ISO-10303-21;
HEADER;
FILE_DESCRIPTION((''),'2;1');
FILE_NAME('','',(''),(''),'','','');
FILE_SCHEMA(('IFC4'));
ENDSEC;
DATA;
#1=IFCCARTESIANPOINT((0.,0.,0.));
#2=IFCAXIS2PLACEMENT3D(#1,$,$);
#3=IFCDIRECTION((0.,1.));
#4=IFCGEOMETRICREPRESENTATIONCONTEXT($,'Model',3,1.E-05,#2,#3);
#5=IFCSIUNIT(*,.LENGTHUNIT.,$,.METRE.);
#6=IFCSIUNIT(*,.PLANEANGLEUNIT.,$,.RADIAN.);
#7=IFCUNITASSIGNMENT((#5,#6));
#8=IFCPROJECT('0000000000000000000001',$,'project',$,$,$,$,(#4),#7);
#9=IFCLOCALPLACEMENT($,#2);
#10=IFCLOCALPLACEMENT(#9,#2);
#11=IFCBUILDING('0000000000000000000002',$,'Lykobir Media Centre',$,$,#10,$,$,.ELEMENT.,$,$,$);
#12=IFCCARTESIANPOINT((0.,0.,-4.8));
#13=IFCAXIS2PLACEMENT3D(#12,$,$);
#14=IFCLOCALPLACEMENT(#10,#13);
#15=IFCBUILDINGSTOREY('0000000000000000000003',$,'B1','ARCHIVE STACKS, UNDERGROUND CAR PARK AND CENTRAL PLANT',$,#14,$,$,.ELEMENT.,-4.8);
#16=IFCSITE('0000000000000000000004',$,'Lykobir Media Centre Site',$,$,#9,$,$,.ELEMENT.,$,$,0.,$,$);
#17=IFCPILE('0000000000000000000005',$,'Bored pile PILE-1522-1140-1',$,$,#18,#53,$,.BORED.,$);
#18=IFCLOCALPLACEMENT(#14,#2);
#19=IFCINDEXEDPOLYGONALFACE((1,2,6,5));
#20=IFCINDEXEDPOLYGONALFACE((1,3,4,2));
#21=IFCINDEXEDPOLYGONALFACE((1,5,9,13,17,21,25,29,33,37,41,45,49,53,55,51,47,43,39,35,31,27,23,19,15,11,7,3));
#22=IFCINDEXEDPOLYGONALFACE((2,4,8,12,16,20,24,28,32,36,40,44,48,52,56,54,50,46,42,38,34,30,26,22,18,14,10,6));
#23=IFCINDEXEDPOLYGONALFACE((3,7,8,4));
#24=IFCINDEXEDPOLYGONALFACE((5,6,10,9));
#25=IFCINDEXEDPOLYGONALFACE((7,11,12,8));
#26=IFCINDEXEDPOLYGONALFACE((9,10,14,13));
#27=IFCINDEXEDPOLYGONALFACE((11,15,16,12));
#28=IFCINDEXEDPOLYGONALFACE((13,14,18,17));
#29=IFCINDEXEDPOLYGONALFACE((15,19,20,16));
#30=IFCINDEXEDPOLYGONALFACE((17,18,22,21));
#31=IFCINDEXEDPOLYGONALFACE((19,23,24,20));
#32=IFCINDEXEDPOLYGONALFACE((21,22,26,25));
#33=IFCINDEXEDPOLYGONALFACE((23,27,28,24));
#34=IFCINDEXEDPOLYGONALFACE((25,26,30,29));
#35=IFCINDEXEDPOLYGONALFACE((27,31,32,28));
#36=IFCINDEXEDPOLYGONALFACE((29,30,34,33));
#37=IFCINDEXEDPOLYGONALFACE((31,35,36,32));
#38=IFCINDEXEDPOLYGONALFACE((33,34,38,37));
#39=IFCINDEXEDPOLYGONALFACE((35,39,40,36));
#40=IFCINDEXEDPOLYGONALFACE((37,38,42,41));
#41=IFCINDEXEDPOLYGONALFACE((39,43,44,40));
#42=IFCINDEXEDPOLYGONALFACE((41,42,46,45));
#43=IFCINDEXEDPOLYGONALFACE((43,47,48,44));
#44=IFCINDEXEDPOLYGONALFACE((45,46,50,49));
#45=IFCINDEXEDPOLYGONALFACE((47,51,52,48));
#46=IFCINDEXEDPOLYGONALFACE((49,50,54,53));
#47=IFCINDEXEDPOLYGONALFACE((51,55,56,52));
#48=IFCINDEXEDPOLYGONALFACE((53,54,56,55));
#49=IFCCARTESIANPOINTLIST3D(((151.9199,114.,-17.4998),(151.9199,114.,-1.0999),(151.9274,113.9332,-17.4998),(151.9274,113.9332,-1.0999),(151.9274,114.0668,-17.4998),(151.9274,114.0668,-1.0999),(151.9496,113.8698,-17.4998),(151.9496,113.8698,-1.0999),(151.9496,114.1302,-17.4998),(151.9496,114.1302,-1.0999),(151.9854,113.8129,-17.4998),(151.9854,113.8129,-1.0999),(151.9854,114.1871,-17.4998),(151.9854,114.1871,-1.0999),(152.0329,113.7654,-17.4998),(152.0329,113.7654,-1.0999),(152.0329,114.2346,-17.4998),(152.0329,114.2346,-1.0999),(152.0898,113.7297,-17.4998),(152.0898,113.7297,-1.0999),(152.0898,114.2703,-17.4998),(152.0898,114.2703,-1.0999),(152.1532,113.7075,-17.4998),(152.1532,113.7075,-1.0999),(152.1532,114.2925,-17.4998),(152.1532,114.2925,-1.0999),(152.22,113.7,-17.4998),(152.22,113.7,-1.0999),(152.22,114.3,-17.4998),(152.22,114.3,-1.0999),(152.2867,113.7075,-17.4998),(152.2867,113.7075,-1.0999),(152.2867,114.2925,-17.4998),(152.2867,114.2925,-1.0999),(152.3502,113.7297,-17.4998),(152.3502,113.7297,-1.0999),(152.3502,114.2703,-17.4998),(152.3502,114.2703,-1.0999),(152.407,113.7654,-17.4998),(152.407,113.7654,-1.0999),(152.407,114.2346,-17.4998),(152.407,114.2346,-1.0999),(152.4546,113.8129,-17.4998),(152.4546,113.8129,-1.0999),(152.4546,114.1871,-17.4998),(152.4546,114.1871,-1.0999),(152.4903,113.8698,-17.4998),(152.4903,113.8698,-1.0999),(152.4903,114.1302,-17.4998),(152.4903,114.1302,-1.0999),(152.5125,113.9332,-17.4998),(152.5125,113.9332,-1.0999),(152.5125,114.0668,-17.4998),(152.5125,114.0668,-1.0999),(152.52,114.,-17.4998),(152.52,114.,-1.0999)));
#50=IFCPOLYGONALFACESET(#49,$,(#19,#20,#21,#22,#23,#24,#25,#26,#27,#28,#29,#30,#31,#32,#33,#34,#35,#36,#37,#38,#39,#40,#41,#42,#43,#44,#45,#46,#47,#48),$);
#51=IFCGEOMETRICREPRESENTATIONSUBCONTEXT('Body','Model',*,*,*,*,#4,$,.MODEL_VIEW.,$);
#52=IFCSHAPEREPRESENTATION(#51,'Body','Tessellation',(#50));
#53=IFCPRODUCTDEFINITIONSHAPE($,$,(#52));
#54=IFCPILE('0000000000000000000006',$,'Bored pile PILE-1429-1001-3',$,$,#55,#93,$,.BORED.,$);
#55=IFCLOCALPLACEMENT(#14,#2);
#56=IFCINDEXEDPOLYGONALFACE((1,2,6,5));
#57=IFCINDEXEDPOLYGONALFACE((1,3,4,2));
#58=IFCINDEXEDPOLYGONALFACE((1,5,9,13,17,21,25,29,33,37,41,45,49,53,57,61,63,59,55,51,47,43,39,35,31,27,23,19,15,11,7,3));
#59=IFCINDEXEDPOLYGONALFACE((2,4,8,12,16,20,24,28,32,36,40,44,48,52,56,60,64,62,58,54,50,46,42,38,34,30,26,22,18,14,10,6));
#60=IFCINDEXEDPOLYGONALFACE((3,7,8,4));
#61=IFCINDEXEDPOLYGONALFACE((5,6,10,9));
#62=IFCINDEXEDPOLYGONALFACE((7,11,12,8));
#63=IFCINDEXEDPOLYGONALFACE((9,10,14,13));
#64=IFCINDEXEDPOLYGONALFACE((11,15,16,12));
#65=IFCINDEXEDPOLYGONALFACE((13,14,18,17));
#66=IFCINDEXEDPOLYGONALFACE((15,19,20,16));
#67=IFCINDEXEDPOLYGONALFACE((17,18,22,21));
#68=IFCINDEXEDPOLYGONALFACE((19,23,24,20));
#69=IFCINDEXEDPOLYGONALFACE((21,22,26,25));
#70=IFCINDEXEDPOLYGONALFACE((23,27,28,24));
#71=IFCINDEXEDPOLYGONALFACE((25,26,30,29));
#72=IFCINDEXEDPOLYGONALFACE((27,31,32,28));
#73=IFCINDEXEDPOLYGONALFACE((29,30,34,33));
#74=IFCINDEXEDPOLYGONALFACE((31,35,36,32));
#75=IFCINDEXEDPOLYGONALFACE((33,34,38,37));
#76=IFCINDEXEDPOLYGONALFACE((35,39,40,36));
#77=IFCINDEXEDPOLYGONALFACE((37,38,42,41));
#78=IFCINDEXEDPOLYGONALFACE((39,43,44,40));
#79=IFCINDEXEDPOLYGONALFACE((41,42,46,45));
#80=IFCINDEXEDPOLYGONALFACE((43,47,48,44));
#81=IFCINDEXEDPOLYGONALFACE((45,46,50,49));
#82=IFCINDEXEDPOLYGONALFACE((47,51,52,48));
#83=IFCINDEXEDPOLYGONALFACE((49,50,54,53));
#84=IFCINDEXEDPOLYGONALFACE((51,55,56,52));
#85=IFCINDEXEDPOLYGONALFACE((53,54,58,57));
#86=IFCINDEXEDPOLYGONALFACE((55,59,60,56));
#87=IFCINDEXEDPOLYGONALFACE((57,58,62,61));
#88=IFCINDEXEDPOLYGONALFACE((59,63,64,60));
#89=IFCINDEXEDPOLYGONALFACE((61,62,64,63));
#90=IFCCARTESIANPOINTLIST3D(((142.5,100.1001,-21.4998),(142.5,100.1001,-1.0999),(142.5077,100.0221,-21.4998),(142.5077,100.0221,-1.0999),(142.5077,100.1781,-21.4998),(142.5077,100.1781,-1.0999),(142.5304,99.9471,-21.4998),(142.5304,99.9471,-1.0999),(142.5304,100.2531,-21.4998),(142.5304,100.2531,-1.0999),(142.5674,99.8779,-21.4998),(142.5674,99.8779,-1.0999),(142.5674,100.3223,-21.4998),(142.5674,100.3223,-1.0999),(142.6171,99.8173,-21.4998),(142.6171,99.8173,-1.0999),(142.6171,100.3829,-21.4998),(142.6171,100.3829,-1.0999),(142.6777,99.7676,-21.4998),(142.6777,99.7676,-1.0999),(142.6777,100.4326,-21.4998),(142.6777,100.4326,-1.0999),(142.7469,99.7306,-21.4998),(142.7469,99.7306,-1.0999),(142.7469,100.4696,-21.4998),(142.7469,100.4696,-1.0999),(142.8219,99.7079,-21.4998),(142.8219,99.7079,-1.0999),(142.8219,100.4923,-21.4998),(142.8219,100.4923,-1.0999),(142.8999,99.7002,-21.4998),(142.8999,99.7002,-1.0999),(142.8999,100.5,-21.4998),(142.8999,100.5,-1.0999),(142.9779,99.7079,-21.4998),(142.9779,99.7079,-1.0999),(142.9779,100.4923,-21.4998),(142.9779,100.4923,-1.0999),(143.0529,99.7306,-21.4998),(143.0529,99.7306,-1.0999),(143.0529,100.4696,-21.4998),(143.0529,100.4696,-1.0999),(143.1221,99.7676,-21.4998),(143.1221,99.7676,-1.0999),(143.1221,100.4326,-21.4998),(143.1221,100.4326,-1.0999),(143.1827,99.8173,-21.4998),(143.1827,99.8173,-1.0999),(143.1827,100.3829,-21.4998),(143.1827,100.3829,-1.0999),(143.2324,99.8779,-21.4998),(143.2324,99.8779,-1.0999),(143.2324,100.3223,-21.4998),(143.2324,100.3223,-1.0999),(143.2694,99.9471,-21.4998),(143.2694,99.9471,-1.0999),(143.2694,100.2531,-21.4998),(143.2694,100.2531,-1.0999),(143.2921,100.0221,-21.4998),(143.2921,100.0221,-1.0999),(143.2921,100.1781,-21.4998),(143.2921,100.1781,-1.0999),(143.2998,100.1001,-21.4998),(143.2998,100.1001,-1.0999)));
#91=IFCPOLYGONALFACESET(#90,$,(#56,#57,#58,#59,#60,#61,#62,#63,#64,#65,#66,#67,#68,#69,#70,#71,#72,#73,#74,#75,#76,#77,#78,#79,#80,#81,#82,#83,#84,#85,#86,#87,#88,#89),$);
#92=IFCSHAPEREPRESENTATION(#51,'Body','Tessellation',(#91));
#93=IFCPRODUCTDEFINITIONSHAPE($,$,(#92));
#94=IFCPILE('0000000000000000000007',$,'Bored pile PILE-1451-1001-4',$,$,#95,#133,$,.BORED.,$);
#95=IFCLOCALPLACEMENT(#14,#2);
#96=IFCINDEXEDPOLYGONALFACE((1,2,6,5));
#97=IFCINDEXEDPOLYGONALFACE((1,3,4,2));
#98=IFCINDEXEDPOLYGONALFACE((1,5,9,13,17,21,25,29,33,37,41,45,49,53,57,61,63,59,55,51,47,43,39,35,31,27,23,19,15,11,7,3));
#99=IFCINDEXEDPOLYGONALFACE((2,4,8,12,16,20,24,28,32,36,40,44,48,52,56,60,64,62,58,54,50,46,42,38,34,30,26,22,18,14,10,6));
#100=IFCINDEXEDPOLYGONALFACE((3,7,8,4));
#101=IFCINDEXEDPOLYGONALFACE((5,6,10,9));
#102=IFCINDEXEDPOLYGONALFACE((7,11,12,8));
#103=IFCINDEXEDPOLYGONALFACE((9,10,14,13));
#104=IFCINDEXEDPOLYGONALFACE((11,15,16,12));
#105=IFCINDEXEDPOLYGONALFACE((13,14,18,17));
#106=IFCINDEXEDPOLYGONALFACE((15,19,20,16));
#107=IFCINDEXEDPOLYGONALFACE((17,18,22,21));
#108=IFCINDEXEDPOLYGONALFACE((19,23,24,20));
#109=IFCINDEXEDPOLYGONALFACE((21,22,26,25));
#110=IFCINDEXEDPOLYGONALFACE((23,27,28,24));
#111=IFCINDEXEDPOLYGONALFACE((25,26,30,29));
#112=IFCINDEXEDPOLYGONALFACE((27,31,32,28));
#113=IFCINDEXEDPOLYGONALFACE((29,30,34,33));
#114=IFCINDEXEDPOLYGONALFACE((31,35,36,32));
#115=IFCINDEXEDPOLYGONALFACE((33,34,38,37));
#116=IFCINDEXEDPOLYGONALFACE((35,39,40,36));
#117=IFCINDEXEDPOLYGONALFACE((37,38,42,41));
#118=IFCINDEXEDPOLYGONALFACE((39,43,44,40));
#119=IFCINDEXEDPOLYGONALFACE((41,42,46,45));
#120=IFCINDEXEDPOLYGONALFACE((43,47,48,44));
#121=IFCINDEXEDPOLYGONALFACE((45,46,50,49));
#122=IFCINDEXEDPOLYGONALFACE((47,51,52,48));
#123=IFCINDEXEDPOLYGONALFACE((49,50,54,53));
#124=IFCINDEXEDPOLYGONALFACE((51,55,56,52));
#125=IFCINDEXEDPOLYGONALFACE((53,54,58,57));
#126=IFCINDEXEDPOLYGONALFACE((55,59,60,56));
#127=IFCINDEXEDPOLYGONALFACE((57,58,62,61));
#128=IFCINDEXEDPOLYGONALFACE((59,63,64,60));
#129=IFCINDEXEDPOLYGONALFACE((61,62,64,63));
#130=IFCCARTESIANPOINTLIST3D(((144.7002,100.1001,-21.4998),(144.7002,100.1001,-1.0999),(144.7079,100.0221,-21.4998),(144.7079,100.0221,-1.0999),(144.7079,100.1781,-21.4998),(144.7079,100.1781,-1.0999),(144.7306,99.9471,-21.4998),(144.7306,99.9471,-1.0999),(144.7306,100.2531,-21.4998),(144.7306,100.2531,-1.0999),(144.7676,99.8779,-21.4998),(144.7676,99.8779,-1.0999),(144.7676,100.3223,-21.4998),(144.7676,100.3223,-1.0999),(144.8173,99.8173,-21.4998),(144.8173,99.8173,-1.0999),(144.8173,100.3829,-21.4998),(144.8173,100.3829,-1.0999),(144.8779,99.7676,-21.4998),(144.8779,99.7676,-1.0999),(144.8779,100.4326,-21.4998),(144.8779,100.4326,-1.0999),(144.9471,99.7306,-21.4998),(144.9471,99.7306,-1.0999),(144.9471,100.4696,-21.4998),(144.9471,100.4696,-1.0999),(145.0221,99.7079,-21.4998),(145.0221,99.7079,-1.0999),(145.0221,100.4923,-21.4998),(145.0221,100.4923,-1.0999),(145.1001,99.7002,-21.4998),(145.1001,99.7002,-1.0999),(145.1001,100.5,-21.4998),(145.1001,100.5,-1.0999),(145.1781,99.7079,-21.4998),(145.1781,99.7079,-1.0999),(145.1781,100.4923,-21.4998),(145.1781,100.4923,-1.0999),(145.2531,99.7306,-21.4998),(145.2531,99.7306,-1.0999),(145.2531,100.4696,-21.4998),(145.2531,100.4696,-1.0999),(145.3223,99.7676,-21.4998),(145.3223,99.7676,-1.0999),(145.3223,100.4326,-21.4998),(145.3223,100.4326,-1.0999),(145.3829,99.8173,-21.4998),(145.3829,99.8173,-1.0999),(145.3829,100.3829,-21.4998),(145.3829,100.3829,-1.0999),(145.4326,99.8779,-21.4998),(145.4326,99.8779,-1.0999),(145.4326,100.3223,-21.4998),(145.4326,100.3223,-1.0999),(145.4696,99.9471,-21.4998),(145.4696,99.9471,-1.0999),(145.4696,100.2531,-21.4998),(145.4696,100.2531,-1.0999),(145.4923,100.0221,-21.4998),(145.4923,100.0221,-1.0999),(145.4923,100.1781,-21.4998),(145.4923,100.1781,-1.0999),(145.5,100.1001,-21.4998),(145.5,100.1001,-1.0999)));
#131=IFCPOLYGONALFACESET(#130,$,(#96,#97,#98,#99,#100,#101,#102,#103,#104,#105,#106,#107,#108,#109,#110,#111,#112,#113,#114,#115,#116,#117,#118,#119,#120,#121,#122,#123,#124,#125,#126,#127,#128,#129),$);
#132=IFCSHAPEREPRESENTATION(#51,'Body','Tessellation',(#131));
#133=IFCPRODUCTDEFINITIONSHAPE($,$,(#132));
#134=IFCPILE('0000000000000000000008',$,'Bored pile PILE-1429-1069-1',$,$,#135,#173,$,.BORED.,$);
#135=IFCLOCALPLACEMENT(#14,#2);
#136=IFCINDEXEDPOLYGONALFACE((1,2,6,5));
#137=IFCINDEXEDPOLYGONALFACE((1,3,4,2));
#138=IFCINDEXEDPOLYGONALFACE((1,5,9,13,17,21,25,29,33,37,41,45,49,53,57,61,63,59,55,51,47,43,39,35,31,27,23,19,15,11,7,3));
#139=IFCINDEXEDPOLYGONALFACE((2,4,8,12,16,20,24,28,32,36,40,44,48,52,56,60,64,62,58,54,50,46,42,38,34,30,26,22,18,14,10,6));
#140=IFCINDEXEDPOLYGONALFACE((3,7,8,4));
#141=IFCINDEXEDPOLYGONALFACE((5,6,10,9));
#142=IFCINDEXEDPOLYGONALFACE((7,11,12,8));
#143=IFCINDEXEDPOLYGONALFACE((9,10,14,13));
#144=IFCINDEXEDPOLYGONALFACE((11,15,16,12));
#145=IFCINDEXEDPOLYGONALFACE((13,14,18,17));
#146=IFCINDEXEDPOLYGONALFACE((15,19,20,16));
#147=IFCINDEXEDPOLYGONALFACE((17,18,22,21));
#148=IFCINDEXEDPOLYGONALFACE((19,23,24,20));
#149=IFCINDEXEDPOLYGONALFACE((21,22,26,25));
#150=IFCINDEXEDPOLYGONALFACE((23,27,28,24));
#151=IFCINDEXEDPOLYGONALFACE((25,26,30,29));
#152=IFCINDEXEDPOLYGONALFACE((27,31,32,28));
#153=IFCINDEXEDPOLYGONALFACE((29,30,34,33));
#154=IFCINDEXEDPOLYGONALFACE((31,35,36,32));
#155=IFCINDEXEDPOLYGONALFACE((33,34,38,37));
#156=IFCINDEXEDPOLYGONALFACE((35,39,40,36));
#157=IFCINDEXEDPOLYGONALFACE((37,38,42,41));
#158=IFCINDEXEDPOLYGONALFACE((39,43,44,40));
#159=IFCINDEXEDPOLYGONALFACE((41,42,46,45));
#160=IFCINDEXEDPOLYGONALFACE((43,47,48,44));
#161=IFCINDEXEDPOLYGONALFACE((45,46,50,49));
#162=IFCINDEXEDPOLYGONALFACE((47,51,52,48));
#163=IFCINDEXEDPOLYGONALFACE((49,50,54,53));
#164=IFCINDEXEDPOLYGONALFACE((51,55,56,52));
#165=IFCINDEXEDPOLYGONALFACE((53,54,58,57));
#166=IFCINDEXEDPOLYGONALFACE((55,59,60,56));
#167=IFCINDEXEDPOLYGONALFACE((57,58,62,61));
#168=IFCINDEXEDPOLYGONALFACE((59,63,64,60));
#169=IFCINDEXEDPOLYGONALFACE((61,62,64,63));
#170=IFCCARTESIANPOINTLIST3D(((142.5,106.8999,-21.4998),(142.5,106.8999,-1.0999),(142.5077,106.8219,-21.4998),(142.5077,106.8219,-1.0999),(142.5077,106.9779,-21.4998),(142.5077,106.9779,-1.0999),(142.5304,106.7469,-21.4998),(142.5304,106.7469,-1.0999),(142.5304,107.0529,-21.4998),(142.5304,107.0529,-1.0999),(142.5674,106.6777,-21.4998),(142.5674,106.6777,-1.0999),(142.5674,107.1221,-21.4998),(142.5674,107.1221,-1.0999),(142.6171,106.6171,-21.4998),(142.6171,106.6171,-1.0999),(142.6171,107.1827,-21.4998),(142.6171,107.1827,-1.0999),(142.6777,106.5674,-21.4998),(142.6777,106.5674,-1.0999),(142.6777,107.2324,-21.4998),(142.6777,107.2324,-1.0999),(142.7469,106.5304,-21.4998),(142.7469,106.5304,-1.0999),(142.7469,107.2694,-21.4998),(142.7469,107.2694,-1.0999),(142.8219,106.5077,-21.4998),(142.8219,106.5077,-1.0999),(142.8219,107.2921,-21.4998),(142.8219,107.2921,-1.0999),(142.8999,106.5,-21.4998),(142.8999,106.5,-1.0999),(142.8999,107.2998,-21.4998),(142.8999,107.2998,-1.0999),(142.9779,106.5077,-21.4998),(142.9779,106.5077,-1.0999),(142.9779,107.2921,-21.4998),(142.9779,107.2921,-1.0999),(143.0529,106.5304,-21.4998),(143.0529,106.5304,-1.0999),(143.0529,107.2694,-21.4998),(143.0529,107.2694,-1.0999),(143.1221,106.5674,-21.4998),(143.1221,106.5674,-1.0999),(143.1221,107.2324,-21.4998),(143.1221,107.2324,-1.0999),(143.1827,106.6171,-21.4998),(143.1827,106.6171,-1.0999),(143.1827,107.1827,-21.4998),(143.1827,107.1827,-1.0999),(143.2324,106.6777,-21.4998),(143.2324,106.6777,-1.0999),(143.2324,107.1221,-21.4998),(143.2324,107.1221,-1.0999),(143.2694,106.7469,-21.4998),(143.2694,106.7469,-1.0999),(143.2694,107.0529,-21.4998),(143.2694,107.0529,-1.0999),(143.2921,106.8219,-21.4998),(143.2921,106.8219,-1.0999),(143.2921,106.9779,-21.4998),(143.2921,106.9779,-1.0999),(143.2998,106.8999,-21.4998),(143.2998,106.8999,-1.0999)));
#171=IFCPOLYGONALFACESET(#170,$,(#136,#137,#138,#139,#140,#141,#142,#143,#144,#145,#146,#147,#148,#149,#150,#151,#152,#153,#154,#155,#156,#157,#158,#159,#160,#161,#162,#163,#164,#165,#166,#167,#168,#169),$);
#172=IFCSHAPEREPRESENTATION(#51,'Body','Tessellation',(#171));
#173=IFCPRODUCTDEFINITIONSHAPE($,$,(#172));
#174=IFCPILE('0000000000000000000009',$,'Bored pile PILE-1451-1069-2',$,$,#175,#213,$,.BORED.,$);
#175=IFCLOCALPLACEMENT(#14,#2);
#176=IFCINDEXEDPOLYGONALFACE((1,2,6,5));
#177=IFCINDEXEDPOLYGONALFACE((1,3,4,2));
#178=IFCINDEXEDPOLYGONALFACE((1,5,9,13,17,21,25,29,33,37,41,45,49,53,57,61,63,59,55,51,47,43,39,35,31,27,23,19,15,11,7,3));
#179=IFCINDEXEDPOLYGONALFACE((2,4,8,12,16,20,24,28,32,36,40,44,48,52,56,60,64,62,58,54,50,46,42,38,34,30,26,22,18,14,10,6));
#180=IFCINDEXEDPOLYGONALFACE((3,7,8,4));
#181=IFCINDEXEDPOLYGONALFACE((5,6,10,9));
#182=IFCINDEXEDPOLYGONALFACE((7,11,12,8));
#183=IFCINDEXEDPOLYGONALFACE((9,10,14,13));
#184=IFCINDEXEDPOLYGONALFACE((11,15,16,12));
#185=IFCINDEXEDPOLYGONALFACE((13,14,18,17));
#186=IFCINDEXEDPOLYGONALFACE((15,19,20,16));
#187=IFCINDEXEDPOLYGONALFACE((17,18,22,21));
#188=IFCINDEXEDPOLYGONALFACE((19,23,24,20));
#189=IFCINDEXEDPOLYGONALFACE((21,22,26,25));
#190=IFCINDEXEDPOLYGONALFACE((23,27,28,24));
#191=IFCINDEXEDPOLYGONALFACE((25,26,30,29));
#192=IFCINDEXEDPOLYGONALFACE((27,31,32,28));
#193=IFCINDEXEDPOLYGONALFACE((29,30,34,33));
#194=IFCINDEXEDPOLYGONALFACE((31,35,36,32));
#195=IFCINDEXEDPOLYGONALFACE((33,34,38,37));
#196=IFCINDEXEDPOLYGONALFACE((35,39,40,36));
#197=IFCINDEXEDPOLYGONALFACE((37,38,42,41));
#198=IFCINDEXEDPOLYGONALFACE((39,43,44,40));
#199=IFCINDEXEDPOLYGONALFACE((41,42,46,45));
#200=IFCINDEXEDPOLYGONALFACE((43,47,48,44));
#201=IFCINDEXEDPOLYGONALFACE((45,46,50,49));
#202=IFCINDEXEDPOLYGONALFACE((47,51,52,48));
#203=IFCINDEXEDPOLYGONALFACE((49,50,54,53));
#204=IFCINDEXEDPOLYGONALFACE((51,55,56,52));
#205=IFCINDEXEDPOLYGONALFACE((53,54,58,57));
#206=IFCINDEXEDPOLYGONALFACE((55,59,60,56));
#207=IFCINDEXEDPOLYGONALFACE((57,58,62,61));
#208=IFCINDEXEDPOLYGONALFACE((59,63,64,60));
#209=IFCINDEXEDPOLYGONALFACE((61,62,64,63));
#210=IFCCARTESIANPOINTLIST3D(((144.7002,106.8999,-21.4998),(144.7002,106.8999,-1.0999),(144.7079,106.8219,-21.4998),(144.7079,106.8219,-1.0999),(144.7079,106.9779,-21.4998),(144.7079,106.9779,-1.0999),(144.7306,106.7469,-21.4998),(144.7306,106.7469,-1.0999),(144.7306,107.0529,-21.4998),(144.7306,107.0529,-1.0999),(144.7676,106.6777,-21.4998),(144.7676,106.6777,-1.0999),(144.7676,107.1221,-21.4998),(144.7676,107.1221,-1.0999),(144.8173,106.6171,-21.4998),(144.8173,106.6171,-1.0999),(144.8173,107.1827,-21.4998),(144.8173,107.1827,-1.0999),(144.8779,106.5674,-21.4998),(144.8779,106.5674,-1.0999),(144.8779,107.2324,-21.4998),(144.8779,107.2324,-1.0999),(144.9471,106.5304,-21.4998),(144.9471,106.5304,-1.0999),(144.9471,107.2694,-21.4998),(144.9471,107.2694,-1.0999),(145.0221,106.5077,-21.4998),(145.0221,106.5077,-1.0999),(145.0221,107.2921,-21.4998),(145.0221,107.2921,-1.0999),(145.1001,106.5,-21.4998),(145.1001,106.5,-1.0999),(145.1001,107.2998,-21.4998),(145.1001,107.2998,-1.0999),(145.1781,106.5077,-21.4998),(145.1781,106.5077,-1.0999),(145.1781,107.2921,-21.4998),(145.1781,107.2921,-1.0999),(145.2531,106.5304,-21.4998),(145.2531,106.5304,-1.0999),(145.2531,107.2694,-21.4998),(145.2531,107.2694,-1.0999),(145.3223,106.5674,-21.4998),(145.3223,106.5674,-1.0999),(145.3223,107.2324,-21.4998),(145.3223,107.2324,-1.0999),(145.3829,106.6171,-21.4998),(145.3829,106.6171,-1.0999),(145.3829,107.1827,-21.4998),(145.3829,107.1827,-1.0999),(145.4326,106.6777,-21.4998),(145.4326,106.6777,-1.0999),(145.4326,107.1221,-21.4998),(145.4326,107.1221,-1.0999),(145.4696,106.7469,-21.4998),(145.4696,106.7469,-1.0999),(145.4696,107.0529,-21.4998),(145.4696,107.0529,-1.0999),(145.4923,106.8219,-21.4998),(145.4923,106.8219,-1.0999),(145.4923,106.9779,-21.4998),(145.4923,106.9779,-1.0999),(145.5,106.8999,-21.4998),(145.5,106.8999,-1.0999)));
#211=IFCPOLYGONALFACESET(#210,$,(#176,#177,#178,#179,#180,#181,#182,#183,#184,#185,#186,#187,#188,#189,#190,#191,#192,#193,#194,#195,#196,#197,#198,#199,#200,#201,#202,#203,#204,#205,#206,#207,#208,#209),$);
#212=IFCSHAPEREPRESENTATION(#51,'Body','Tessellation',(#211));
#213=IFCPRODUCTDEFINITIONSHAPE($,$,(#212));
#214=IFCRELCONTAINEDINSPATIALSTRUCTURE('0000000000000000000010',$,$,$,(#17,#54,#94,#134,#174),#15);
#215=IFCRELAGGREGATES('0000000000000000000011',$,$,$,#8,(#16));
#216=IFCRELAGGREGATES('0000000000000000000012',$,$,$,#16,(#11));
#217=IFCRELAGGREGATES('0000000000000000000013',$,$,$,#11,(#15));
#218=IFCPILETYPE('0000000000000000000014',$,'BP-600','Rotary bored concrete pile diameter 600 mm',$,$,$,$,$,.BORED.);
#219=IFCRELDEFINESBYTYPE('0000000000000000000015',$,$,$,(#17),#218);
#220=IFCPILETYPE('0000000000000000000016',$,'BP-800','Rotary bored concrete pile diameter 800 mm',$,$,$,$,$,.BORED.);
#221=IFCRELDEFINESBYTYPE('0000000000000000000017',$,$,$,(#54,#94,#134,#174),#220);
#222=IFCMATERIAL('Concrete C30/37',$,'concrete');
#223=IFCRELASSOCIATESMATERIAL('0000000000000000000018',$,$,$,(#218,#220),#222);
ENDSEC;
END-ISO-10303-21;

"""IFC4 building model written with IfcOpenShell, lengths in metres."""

from ifc_helpers import new_model, si_unit, direction, frame, origin, origin_2d, place, context, subcontext, project, spatial, circle, extrude, material, material_profile, profile_set, type_object, element, save


model = new_model("IFC4")

# Units and contexts
model_context = context("Model", 3, precision=1e-05, world=origin(), true_north=direction((0.0, 1.0)))
body_context = subcontext(model_context, "Body", "Model", "MODEL_VIEW")
ifc_project = project(units=[si_unit("LENGTHUNIT", "METRE"), si_unit("PLANEANGLEUNIT", "RADIAN")], contexts=[model_context])

# Site, building, storey
site_placement = place(None, origin())
site = spatial("IfcSite", under=ifc_project, at=site_placement, Name="Lykobir Media Centre Site", CompositionType="ELEMENT", RefElevation=0.0)
building_placement = place(site_placement, origin())
building = spatial("IfcBuilding", under=site, at=building_placement, Name="Lykobir Media Centre", CompositionType="ELEMENT")
storey_placement = place(building_placement, frame((0.0, 0.0, -4.8)))
storey = spatial("IfcBuildingStorey", under=building, at=storey_placement, Name="B1", Description="ARCHIVE STACKS, UNDERGROUND CAR PARK AND CENTRAL PLANT", CompositionType="ELEMENT", Elevation=-4.8)

# Piles
ifc_material_1 = material(Name="Concrete C30/37", Category="concrete")
ifc_material_profile_1 = material_profile(ifc_material_1, circle(Radius=0.3, at=origin_2d()), Name="BORED PILE D600")
ifc_profile_set_1 = profile_set([ifc_material_profile_1], Name="Concrete C30/37")
pile_type_1 = type_object("IfcPileType", Name="BP-600", Description="Rotary bored concrete pile diameter 600 mm", PredefinedType="BORED", material=ifc_profile_set_1)
for number, where, z_axis, x_axis, name in (
    (1, (152.22, 114.0, -1.0999), (0.0, 0.0, -1.0), (1.0, 0.0, 0.0), "Bored pile PILE-1522-1140-1"),
):
    element("IfcPile", number, at=place(storey_placement, frame(where, z_axis=z_axis, x_axis=x_axis)), inside=storey, type_object=pile_type_1, Name=name, PredefinedType="BORED", context=body_context, shape_type="SweptSolid", body=[
        extrude(circle(Radius=0.3, at=origin_2d()), origin(), (0.0, 0.0, 1.0), 16.3999),
    ])
ifc_material_profile_2 = material_profile(ifc_material_1, circle(Radius=0.3999, at=origin_2d()), Name="BORED PILE D800")
ifc_profile_set_2 = profile_set([ifc_material_profile_2], Name="Concrete C30/37")
pile_type_2 = type_object("IfcPileType", Name="BP-800", Description="Rotary bored concrete pile diameter 800 mm", PredefinedType="BORED", material=ifc_profile_set_2)
for number, where, z_axis, x_axis, name in (
    (2, (142.8999, 100.1001, -1.0999), (0.0, 0.0, -1.0), (1.0, 0.0, 0.0), "Bored pile PILE-1429-1001-3"),
    (3, (145.1001, 100.1001, -1.0999), (0.0, 0.0, -1.0), (1.0, 0.0, 0.0), "Bored pile PILE-1451-1001-4"),
    (4, (142.8999, 106.8999, -1.0999), (0.0, 0.0, -1.0), (1.0, 0.0, 0.0), "Bored pile PILE-1429-1069-1"),
    (5, (145.1001, 106.8999, -1.0999), (0.0, 0.0, -1.0), (1.0, 0.0, 0.0), "Bored pile PILE-1451-1069-2"),
):
    element("IfcPile", number, at=place(storey_placement, frame(where, z_axis=z_axis, x_axis=x_axis)), inside=storey, type_object=pile_type_2, Name=name, PredefinedType="BORED", context=body_context, shape_type="SweptSolid", body=[
        extrude(circle(Radius=0.3999, at=origin_2d()), origin(), (0.0, 0.0, 1.0), 20.3999),
    ])

save(model, "model.ifc")
